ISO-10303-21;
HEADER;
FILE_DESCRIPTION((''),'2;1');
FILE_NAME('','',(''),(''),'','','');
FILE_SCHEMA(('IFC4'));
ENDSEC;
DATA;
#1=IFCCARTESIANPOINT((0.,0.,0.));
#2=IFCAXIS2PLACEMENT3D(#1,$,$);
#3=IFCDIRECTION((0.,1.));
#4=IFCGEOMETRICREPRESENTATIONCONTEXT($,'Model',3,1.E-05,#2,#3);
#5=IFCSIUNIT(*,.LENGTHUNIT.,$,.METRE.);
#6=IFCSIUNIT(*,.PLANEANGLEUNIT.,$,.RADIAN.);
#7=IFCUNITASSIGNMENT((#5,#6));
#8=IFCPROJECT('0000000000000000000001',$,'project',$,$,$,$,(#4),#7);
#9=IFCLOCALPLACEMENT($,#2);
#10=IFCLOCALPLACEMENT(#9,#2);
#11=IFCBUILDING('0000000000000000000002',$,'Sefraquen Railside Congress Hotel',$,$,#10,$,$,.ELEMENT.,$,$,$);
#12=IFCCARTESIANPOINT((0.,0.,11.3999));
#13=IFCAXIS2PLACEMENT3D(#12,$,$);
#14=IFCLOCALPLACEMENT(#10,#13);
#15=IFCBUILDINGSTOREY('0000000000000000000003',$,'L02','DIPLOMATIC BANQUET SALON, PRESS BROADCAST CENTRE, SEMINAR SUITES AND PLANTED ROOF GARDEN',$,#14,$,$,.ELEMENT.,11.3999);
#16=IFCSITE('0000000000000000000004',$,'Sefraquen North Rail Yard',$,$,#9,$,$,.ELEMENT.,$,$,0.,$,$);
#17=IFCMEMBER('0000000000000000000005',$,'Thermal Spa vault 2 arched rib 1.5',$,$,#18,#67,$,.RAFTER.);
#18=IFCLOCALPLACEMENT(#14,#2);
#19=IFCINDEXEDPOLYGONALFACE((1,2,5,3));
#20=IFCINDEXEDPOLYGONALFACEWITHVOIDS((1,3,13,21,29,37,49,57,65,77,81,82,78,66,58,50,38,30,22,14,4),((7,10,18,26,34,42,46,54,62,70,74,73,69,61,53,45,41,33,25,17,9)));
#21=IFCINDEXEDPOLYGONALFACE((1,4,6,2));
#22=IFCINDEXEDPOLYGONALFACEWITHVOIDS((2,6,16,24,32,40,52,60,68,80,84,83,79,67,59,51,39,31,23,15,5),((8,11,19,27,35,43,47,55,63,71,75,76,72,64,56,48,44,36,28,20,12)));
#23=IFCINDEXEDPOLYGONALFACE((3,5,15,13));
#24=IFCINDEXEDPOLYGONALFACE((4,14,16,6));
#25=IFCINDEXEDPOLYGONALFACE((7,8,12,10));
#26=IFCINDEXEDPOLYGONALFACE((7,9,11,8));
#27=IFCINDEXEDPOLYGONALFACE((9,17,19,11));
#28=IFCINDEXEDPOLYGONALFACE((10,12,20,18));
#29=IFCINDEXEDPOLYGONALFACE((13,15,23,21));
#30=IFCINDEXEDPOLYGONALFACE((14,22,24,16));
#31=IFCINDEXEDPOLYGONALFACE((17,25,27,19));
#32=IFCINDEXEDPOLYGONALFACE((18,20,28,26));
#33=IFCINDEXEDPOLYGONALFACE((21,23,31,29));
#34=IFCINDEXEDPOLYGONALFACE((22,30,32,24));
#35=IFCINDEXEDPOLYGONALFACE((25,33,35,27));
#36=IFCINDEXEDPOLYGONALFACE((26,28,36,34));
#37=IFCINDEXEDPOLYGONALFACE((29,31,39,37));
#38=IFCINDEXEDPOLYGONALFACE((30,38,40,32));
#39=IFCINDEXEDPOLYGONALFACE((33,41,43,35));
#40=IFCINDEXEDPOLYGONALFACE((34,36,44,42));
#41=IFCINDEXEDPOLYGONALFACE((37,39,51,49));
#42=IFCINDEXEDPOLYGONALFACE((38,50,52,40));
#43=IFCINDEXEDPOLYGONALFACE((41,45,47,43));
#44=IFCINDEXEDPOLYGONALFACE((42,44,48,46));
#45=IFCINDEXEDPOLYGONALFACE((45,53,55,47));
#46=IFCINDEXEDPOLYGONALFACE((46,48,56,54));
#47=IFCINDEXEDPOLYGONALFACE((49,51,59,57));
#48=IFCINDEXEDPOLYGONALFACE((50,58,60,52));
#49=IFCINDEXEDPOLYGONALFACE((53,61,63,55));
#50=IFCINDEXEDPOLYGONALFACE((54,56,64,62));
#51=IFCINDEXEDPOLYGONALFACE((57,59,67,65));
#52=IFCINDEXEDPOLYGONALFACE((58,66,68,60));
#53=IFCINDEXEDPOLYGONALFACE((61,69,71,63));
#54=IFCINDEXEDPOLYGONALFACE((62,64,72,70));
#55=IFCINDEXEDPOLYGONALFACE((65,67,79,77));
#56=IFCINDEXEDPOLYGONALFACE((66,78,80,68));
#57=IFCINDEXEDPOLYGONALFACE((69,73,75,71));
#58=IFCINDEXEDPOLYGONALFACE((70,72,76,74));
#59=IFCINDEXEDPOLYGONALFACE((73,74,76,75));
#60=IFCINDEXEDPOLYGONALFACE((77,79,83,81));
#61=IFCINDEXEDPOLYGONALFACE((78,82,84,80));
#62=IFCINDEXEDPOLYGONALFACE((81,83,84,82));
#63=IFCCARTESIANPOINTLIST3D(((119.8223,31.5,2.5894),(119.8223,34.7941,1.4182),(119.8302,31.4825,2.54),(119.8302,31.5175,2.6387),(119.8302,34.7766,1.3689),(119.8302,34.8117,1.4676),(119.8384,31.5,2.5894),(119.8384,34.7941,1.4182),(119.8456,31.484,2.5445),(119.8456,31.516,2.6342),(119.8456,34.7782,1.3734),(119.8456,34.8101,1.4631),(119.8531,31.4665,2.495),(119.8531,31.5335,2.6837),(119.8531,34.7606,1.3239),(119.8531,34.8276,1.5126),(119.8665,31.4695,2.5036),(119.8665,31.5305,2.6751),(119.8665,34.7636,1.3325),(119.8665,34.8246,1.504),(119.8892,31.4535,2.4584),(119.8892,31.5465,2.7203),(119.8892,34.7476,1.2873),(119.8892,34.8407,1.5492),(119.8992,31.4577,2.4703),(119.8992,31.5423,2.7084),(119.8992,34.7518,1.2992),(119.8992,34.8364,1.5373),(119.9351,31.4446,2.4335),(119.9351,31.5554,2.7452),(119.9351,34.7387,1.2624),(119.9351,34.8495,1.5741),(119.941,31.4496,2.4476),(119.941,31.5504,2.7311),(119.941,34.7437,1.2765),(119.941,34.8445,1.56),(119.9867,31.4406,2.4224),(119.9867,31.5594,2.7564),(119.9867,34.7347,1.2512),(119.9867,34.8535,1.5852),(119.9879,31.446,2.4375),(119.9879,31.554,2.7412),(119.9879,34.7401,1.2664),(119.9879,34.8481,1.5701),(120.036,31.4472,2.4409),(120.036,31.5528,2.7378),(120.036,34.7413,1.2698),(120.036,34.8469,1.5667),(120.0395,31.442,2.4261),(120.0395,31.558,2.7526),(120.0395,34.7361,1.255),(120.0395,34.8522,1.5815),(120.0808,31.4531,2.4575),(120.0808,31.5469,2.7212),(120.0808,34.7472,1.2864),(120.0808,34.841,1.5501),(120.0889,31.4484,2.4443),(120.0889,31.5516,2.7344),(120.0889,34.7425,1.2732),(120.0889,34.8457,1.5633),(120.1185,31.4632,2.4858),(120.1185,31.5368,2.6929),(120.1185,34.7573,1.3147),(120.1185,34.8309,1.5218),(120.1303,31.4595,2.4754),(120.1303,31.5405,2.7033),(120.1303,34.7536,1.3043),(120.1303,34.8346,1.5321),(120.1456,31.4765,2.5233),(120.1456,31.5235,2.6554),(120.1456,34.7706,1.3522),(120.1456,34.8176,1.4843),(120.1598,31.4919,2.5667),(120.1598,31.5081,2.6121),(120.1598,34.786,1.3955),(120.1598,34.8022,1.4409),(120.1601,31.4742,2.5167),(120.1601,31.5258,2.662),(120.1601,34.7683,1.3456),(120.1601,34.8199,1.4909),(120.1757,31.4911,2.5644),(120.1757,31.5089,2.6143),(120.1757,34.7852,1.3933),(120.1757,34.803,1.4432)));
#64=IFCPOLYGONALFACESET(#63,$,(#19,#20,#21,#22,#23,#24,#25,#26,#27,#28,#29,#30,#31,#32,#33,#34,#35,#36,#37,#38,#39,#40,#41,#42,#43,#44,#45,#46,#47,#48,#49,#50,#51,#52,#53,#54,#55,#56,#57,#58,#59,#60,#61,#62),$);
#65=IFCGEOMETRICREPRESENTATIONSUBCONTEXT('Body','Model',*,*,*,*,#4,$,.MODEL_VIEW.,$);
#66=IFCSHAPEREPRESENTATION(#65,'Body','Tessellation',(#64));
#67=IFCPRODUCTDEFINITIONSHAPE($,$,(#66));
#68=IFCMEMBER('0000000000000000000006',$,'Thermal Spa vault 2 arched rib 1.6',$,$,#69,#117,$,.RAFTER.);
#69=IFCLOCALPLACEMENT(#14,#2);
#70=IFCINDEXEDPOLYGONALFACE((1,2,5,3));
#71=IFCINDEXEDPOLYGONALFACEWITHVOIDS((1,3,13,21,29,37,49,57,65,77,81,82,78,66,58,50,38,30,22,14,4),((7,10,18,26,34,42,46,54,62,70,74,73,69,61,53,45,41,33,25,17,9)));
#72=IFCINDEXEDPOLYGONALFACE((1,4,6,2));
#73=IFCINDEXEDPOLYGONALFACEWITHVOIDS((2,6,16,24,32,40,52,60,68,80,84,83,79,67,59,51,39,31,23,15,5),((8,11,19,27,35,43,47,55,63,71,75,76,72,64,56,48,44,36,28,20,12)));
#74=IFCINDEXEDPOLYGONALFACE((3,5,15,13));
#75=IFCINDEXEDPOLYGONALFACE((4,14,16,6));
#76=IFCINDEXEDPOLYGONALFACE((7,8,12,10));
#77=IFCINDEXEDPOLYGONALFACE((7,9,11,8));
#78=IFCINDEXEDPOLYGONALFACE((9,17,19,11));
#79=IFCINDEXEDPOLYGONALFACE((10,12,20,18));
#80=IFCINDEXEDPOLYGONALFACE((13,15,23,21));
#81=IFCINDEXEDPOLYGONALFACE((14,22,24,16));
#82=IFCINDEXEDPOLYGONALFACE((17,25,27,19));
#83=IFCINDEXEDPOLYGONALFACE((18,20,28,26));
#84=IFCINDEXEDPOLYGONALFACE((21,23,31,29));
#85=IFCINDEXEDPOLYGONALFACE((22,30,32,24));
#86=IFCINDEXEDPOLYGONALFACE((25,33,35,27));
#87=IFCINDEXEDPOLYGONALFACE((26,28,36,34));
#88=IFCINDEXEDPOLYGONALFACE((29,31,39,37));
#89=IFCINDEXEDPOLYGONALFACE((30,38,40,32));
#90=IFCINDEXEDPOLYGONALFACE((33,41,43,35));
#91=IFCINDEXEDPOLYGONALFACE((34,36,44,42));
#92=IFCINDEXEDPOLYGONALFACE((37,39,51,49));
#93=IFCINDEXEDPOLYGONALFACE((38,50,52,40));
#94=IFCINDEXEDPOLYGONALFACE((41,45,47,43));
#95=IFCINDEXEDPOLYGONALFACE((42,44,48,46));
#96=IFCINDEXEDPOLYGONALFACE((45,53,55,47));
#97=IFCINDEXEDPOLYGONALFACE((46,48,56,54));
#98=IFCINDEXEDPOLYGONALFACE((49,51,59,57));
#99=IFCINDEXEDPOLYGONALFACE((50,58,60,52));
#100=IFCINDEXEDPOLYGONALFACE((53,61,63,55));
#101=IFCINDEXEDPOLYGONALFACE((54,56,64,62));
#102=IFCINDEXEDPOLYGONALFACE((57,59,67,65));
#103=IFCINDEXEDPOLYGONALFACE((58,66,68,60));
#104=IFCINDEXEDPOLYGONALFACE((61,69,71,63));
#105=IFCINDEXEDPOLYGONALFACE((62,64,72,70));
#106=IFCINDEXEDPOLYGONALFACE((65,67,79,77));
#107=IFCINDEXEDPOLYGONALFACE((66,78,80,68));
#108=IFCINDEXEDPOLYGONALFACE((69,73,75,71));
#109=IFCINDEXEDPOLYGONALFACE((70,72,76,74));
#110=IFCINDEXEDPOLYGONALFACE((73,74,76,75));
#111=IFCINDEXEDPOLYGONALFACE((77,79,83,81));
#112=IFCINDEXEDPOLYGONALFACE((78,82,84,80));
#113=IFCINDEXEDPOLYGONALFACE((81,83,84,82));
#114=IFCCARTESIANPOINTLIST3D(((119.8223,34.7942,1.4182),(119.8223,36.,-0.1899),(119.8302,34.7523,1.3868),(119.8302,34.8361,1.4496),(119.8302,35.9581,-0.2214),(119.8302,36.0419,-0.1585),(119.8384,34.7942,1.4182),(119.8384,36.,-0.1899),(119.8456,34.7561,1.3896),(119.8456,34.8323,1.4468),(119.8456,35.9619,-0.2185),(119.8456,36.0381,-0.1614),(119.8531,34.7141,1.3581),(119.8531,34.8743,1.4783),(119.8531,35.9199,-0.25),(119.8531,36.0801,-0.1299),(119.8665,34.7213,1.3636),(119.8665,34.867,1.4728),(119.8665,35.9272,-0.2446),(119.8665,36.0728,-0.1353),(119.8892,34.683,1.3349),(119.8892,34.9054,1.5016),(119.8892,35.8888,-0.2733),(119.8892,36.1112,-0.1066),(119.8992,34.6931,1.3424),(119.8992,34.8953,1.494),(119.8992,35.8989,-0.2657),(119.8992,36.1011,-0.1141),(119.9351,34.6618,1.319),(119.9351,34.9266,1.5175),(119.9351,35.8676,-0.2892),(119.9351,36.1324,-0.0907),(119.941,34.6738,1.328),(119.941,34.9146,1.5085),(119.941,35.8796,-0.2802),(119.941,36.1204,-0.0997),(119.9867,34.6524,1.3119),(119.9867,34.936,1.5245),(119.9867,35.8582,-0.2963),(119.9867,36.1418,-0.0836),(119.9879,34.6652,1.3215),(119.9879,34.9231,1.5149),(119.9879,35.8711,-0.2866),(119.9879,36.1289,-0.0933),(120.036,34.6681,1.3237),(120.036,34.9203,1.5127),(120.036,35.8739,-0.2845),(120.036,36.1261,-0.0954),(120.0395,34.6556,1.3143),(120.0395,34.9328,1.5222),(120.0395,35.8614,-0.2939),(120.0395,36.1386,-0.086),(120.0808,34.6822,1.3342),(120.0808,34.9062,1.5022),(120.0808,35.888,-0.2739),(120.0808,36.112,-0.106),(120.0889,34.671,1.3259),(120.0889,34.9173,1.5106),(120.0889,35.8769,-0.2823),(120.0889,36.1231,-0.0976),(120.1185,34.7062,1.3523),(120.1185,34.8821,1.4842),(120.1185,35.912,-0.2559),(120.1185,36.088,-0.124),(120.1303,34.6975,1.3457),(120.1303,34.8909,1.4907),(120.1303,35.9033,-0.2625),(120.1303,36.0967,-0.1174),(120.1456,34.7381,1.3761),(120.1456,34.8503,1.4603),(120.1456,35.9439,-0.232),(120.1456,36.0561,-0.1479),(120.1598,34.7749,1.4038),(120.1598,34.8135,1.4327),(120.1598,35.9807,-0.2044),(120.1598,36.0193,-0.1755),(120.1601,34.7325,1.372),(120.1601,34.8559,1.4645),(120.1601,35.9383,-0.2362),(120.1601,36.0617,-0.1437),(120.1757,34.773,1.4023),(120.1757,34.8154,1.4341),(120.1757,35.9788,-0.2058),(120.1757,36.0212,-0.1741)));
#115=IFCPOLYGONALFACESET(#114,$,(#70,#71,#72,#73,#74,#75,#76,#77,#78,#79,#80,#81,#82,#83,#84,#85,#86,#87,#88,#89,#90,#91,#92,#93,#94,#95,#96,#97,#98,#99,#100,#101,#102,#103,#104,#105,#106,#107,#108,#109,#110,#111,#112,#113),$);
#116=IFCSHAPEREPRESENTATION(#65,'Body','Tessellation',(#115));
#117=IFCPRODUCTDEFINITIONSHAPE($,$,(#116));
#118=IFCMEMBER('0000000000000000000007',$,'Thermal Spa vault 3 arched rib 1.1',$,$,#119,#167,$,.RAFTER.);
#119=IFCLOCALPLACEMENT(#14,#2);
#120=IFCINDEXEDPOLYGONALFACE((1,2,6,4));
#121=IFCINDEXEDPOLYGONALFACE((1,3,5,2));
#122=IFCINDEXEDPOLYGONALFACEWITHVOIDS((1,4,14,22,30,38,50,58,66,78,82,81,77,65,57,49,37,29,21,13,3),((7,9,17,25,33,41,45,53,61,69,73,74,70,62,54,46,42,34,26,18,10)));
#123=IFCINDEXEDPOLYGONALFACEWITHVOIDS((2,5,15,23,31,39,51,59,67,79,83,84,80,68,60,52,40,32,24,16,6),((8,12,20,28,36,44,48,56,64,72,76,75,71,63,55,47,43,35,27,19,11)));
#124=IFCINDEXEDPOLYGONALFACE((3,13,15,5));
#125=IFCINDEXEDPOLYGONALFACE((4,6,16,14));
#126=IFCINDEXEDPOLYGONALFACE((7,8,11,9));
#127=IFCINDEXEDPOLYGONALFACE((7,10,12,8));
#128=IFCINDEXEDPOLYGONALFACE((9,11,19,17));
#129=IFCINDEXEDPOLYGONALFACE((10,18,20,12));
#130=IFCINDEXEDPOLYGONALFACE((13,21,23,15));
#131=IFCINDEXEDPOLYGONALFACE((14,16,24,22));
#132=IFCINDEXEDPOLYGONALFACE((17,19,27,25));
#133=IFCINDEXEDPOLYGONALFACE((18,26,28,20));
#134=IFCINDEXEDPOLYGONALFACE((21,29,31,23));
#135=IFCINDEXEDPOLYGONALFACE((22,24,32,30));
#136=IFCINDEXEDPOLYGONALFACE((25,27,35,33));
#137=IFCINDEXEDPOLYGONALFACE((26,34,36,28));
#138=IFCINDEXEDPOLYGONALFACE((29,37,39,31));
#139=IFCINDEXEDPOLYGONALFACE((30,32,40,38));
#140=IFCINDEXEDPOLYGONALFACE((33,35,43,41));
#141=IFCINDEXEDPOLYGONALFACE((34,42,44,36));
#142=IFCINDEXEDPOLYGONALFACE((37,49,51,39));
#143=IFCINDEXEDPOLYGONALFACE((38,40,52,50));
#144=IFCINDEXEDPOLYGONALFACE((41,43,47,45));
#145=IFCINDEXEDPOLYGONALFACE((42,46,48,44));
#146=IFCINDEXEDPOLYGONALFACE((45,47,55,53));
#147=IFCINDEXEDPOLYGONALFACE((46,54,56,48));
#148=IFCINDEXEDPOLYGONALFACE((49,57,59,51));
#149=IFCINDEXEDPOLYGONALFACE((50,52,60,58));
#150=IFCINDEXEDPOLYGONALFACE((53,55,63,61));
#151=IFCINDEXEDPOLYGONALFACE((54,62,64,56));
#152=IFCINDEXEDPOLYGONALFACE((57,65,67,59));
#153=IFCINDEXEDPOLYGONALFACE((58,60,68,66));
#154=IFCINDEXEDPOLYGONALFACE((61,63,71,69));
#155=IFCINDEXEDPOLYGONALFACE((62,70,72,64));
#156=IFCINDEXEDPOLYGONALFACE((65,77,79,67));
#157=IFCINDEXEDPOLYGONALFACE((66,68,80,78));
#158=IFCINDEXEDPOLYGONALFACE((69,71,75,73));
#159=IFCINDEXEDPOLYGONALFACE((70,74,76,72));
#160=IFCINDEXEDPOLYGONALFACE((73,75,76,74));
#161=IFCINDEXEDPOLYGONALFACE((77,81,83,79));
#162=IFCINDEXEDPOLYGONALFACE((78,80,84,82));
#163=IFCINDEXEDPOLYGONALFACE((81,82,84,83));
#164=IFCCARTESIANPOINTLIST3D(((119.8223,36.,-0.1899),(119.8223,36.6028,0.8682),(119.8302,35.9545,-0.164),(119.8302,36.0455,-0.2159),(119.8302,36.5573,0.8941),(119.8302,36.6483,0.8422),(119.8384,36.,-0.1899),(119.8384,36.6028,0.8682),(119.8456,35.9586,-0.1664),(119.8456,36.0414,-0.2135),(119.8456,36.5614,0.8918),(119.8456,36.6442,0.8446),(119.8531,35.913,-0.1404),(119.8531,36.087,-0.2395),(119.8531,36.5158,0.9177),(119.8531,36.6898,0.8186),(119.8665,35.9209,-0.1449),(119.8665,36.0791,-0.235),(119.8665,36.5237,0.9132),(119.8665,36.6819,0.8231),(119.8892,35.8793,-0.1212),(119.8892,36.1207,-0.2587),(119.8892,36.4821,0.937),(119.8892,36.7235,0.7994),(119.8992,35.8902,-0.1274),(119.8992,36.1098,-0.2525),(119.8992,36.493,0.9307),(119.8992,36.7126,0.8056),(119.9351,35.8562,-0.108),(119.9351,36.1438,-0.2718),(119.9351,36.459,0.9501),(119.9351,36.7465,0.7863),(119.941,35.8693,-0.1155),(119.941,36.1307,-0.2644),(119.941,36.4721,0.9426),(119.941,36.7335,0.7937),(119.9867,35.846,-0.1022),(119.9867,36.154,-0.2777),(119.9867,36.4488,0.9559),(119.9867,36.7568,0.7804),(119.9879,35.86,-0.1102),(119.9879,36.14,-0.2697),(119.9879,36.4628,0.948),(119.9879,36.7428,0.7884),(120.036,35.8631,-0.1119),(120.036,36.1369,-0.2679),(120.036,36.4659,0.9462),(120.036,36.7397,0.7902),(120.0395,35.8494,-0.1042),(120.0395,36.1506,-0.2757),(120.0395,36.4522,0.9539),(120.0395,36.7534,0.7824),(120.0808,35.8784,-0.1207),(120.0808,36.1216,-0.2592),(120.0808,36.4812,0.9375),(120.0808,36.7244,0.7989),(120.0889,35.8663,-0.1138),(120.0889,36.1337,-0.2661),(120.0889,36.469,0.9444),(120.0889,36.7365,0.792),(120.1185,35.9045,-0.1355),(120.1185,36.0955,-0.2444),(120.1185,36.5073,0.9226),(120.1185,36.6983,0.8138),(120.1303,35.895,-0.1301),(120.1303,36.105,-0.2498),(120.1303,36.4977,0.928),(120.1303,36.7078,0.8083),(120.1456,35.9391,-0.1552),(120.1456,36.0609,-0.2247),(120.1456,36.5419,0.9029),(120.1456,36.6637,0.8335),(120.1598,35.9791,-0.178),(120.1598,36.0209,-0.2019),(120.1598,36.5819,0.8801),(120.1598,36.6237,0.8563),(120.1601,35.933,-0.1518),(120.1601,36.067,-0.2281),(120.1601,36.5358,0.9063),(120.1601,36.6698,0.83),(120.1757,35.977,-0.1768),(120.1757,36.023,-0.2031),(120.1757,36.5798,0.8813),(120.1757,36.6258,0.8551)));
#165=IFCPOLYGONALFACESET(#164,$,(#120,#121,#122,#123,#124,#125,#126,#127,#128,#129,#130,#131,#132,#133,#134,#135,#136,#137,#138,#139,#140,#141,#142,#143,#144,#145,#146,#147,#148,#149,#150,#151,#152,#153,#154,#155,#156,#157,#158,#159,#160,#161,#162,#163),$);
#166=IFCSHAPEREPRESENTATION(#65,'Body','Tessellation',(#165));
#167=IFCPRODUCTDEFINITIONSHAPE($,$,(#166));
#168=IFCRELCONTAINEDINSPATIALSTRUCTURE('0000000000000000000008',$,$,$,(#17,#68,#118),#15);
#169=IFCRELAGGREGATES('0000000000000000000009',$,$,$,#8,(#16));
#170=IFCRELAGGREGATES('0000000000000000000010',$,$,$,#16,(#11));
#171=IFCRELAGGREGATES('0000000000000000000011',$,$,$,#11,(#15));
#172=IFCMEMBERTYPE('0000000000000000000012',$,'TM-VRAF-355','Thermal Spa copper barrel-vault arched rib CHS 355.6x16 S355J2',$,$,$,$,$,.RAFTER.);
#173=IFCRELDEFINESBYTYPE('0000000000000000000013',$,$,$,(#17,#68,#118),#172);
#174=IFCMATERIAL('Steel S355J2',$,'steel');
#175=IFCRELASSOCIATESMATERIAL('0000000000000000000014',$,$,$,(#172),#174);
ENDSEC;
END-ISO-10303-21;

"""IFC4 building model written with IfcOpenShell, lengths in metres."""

from ifc_helpers import new_model, si_unit, direction, frame, origin, origin_2d, place, context, subcontext, project, spatial, hollow_circle, extrude, material, material_profile, profile_set, type_object, element, save


model = new_model("IFC4")

# Units and contexts
model_context = context("Model", 3, precision=1e-05, world=origin(), true_north=direction((0.0, 1.0)))
body_context = subcontext(model_context, "Body", "Model", "MODEL_VIEW")
ifc_project = project(units=[si_unit("LENGTHUNIT", "METRE"), si_unit("PLANEANGLEUNIT", "RADIAN")], contexts=[model_context])

# Site, building, storey
site_placement = place(None, origin())
site = spatial("IfcSite", under=ifc_project, at=site_placement, Name="Sefraquen North Rail Yard", CompositionType="ELEMENT", RefElevation=0.0)
building_placement = place(site_placement, origin())
building = spatial("IfcBuilding", under=site, at=building_placement, Name="Sefraquen Railside Congress Hotel", CompositionType="ELEMENT")
storey_placement = place(building_placement, frame((0.0, 0.0, 11.3999)))
storey = spatial("IfcBuildingStorey", under=building, at=storey_placement, Name="L02", Description="DIPLOMATIC BANQUET SALON, PRESS BROADCAST CENTRE, SEMINAR SUITES AND PLANTED ROOF GARDEN", CompositionType="ELEMENT", Elevation=11.3999)

# Members
ifc_material_1 = material(Name="Steel S355J2", Category="steel")
ifc_material_profile_1 = material_profile(ifc_material_1, hollow_circle(Radius=0.1777, WallThickness=0.0161, at=origin_2d()), Name="CHS 355.6x16")
ifc_profile_set_1 = profile_set([ifc_material_profile_1], Name="Steel S355J2")
member_type = type_object("IfcMemberType", Name="TM-VRAF-355", Description="Thermal Spa copper barrel-vault arched rib CHS 355.6x16 S355J2", PredefinedType="RAFTER", material=ifc_profile_set_1)
member_1_placement = place(storey_placement, frame((120.0, 31.5, 2.5894), z_axis=(0.0, 0.942226, -0.334978), x_axis=(-1.0, 0.0, 0.0)))
element("IfcMember", 1, at=member_1_placement, inside=storey, type_object=member_type, Name="Thermal Spa vault 2 arched rib 1.5", PredefinedType="RAFTER", context=body_context, shape_type="SweptSolid", body=[
    extrude(hollow_circle(Radius=0.1777, WallThickness=0.0161, at=origin_2d()), origin(), (0.0, 0.0, 1.0), 3.4961),
])
member_2_placement = place(storey_placement, frame((120.0, 34.7942, 1.4182), z_axis=(0.0, 0.599903, -0.800073), x_axis=(-1.0, 0.0, 0.0)))
element("IfcMember", 2, at=member_2_placement, inside=storey, type_object=member_type, Name="Thermal Spa vault 2 arched rib 1.6", PredefinedType="RAFTER", context=body_context, shape_type="SweptSolid", body=[
    extrude(hollow_circle(Radius=0.1777, WallThickness=0.0161, at=origin_2d()), origin(), (0.0, 0.0, 1.0), 2.01),
])
member_3_placement = place(storey_placement, frame((120.0, 36.0, -0.1899), z_axis=(0.0, 0.494994, 0.868896), x_axis=(-1.0, 0.0, 0.0)))
element("IfcMember", 3, at=member_3_placement, inside=storey, type_object=member_type, Name="Thermal Spa vault 3 arched rib 1.1", PredefinedType="RAFTER", context=body_context, shape_type="SweptSolid", body=[
    extrude(hollow_circle(Radius=0.1777, WallThickness=0.0161, at=origin_2d()), origin(), (0.0, 0.0, 1.0), 1.2178),
])

save(model, "model.ifc")
